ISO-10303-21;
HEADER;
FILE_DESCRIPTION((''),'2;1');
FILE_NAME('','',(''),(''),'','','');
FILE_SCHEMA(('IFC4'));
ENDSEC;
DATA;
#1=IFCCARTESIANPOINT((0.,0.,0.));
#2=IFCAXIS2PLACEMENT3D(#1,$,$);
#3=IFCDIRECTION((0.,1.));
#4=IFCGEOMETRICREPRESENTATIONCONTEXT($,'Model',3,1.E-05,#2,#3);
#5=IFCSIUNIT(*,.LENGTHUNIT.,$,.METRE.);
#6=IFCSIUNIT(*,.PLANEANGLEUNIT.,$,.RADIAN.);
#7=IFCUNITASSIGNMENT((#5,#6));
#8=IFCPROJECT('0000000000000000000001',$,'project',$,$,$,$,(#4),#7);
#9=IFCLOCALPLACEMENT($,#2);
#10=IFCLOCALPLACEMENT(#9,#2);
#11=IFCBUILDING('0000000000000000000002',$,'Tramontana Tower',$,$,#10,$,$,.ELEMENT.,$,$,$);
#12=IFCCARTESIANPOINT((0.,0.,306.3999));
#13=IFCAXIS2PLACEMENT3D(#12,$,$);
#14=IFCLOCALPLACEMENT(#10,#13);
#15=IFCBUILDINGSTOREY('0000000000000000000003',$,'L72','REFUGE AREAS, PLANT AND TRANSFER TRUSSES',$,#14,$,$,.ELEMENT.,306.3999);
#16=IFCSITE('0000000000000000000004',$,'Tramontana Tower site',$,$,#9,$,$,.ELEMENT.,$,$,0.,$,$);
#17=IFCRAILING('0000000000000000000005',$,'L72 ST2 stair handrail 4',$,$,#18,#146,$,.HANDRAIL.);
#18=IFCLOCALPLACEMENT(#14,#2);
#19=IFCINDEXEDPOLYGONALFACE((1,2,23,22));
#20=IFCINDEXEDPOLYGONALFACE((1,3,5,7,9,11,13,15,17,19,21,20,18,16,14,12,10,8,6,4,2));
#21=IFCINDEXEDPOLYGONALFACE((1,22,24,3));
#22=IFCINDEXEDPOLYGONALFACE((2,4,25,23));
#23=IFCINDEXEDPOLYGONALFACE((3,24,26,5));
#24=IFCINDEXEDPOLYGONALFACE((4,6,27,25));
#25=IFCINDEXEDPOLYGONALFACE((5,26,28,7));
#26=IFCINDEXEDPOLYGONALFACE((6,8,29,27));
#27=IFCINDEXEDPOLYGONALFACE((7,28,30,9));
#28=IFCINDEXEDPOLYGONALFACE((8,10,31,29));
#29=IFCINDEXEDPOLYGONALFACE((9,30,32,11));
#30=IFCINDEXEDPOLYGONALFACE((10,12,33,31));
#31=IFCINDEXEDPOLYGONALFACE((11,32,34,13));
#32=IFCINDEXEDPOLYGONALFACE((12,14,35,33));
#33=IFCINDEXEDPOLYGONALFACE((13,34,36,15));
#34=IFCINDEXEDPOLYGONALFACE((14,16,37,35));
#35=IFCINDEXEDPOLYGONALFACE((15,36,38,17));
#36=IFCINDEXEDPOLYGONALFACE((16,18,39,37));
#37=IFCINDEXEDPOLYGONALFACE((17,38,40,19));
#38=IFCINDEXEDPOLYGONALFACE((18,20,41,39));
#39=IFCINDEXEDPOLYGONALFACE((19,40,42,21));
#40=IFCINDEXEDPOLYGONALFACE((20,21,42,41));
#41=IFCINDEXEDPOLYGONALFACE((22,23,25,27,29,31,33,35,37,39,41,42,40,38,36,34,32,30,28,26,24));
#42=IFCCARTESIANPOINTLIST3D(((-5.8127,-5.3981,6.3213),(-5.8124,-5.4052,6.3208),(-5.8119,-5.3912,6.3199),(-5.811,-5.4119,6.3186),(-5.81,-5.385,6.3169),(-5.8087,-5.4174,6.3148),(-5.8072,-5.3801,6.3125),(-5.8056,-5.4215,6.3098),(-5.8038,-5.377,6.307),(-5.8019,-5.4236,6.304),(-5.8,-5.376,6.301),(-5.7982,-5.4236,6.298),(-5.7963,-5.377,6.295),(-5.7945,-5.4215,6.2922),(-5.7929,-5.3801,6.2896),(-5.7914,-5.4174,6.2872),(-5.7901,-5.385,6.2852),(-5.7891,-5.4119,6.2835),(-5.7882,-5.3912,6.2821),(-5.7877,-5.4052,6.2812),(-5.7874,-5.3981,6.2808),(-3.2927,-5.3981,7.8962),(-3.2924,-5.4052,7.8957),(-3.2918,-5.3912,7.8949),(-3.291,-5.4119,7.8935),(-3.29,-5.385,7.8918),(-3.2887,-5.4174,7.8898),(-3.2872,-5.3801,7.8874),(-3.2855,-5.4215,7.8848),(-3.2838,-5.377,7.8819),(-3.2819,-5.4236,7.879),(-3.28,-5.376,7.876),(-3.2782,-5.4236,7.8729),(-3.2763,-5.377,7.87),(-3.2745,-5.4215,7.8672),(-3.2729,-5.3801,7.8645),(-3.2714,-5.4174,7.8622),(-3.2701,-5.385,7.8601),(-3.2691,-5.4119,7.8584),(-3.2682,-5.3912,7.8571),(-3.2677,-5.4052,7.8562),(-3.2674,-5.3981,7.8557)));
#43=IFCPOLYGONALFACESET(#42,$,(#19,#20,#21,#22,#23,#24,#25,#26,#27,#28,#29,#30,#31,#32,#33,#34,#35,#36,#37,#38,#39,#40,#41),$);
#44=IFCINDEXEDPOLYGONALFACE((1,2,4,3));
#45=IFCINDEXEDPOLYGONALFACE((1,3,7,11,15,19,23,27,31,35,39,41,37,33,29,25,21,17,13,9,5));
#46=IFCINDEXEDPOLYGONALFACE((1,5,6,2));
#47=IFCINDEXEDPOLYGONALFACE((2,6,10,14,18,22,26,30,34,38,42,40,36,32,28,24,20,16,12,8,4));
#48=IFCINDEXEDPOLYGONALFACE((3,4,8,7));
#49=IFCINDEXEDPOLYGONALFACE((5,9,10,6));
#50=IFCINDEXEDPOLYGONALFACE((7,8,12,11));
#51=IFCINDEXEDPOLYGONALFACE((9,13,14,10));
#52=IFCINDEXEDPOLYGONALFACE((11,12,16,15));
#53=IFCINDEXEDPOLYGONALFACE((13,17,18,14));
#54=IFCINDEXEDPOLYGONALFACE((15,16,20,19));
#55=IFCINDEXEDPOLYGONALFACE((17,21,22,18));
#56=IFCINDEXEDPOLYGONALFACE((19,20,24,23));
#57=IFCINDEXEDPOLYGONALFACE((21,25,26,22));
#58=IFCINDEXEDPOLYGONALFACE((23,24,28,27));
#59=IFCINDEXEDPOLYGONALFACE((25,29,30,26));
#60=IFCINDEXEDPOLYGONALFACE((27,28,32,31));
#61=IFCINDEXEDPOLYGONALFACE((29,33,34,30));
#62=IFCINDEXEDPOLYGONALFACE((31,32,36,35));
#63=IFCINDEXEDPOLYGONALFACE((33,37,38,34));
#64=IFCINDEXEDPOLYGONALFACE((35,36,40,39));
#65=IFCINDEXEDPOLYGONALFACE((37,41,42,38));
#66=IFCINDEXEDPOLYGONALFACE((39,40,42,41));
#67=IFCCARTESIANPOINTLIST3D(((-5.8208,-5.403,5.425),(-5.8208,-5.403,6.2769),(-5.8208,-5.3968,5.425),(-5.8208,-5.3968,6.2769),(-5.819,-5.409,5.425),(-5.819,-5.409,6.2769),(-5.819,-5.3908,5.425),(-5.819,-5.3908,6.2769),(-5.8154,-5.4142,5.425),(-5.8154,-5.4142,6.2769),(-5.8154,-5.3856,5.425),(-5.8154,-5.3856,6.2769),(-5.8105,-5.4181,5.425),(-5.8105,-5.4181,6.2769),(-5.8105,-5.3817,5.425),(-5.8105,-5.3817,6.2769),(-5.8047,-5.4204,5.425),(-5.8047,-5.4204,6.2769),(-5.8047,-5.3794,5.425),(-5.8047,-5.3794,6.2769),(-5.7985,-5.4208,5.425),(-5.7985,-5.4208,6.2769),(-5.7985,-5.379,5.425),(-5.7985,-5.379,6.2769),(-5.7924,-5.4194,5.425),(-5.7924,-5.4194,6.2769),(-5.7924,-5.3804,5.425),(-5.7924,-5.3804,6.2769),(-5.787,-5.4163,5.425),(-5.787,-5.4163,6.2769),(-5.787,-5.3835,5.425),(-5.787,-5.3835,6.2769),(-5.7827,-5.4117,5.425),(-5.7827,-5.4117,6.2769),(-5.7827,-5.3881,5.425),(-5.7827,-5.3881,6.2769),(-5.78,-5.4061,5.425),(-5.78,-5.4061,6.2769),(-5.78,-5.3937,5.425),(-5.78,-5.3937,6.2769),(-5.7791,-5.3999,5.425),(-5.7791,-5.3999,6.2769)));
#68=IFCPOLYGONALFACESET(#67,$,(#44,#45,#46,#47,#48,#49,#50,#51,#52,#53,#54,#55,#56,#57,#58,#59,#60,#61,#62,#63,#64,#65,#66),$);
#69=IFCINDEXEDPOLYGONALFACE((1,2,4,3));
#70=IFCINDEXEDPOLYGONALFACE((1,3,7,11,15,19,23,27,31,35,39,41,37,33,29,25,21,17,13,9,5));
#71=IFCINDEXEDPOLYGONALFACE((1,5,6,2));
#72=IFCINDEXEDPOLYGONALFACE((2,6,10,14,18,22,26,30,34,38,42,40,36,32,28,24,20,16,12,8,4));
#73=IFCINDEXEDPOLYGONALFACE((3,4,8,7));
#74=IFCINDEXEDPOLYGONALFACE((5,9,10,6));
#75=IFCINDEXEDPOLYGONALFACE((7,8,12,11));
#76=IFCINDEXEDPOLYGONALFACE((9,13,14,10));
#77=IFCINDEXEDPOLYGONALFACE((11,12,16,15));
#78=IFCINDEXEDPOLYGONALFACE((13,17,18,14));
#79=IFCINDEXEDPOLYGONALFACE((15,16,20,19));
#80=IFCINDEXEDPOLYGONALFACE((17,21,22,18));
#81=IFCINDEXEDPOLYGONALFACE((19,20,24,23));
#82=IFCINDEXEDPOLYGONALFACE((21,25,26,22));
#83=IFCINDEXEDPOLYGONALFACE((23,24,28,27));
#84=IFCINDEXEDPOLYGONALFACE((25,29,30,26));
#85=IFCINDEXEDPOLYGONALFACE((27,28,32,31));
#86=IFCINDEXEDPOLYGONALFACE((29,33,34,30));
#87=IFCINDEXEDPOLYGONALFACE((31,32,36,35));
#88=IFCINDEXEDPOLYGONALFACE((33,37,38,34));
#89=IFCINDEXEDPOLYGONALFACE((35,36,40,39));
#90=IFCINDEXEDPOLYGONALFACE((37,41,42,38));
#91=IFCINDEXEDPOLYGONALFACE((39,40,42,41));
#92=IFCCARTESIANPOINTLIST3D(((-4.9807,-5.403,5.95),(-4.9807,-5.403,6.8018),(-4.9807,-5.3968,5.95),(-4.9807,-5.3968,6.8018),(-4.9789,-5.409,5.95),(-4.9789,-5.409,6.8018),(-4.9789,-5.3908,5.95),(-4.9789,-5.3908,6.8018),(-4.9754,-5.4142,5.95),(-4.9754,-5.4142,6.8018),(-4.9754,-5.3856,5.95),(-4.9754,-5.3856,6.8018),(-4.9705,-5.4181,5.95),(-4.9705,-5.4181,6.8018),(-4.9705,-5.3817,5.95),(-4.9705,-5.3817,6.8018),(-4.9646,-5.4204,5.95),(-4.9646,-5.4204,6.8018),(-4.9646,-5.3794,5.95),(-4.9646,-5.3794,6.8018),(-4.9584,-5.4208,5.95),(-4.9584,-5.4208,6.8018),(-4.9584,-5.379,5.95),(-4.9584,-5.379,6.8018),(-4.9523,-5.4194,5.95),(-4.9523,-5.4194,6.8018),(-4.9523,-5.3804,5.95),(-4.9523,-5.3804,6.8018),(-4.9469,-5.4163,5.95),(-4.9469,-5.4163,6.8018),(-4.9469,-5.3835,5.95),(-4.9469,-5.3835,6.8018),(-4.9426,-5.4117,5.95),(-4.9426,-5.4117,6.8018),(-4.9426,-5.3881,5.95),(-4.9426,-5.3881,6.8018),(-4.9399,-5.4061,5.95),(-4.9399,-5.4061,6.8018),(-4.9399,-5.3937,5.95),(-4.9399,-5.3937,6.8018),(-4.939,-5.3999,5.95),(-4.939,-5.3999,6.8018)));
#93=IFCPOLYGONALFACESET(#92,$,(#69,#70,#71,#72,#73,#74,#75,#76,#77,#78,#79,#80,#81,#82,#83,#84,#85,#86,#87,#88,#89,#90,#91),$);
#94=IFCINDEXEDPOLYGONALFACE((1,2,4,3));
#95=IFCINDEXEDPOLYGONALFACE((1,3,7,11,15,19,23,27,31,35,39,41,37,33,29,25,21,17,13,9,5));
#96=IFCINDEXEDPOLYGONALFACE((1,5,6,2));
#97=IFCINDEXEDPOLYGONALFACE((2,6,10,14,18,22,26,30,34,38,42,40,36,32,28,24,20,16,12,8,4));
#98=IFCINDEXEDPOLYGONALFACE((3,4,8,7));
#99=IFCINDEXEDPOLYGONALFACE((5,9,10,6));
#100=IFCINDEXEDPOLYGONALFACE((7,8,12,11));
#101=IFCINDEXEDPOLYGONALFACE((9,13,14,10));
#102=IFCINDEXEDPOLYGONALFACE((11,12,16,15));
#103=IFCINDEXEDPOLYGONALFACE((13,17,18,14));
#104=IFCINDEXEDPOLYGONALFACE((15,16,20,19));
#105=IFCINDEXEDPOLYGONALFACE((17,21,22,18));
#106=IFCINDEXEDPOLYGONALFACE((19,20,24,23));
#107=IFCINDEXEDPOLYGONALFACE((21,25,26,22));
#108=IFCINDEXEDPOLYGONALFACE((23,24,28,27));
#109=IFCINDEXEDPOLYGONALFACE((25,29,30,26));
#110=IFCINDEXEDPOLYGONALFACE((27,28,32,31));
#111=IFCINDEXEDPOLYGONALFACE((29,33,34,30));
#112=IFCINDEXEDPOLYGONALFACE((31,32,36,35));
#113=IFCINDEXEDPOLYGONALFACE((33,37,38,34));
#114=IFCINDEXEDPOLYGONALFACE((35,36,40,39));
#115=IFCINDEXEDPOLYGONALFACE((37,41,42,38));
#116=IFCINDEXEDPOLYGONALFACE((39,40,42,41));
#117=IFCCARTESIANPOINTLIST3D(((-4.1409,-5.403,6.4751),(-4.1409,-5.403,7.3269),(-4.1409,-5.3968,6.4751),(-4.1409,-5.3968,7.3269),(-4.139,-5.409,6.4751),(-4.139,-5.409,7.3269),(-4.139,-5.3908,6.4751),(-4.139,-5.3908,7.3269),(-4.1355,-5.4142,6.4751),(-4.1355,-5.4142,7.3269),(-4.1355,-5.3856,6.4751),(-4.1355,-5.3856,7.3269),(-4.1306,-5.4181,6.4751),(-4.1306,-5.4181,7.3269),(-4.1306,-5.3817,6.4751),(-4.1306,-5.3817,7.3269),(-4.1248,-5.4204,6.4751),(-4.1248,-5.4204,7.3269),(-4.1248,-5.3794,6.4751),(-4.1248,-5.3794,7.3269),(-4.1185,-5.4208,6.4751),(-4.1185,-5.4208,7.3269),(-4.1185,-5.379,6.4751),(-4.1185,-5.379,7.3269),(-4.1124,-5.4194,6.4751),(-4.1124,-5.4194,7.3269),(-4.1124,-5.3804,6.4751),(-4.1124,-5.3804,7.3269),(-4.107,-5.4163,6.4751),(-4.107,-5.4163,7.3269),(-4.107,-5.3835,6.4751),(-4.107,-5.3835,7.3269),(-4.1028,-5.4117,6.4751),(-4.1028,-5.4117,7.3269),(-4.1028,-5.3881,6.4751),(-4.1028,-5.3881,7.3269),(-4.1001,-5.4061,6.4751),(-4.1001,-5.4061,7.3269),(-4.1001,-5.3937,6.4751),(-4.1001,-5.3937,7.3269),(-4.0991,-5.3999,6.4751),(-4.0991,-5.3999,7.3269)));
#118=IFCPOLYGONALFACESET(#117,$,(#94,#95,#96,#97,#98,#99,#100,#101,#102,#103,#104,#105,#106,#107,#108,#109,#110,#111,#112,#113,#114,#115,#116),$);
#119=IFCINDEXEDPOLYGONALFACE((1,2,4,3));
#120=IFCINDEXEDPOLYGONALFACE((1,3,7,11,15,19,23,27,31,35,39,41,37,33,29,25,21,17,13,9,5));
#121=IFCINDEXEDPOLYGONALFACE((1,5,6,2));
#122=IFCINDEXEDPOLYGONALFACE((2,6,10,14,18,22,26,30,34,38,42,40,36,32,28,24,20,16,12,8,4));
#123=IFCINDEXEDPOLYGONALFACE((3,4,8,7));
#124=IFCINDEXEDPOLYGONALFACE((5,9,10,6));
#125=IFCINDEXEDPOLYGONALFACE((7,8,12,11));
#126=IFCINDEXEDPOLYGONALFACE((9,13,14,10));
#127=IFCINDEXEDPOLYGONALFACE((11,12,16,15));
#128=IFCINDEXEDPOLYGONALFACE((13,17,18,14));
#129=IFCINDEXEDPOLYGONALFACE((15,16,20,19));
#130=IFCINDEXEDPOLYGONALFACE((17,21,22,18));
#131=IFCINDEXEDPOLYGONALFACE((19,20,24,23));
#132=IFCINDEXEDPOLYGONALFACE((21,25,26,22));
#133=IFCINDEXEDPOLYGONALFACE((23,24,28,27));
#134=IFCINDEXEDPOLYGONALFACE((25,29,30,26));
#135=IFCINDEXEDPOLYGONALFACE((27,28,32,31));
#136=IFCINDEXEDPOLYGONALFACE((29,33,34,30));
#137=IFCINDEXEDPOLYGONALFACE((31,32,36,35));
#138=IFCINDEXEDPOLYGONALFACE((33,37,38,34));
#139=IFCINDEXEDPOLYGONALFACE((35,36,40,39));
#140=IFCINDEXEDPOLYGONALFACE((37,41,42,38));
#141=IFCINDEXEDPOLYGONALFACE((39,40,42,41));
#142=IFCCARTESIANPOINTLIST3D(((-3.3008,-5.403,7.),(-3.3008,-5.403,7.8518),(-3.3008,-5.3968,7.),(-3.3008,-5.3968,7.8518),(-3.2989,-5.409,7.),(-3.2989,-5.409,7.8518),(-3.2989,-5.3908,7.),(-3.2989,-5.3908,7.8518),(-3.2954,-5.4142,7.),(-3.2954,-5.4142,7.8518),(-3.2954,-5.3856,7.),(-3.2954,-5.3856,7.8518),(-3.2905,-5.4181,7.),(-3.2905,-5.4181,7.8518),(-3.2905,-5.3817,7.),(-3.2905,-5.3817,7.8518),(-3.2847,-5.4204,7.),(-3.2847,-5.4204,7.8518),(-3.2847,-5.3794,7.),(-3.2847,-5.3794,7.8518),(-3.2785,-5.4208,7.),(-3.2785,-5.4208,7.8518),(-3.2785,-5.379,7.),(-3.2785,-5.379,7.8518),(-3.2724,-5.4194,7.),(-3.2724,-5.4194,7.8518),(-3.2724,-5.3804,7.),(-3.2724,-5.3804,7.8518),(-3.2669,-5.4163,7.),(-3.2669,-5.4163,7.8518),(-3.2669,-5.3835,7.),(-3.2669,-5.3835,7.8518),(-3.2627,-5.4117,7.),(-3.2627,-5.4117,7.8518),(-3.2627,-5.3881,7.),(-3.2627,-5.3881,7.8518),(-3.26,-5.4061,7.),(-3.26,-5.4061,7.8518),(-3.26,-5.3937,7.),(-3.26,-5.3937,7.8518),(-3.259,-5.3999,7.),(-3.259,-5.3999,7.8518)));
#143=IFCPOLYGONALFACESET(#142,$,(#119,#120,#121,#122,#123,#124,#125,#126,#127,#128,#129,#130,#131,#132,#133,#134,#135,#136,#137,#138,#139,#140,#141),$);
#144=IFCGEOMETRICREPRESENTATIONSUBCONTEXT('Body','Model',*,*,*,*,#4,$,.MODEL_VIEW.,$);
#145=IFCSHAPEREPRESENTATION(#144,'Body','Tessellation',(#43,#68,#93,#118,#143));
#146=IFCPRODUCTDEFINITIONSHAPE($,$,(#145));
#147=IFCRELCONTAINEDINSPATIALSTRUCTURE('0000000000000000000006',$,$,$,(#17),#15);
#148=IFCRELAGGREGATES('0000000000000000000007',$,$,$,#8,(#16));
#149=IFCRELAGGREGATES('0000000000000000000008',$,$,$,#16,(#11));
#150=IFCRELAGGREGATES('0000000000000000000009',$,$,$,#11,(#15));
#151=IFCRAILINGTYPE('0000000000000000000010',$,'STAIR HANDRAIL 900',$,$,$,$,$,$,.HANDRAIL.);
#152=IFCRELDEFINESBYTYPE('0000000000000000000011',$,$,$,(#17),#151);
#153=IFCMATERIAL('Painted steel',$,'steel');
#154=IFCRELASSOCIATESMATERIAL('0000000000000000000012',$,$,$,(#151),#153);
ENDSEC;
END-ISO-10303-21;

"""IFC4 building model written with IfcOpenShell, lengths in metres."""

from ifc_helpers import new_model, si_unit, direction, frame, origin, origin_2d, place, context, subcontext, project, spatial, circle, extrude, material, type_object, element, save


model = new_model("IFC4")

# Units and contexts
model_context = context("Model", 3, precision=1e-05, world=origin(), true_north=direction((0.0, 1.0)))
body_context = subcontext(model_context, "Body", "Model", "MODEL_VIEW")
ifc_project = project(units=[si_unit("LENGTHUNIT", "METRE"), si_unit("PLANEANGLEUNIT", "RADIAN")], contexts=[model_context])

# Site, building, storey
site_placement = place(None, origin())
site = spatial("IfcSite", under=ifc_project, at=site_placement, Name="Tramontana Tower site", CompositionType="ELEMENT", RefElevation=0.0)
building_placement = place(site_placement, origin())
building = spatial("IfcBuilding", under=site, at=building_placement, Name="Tramontana Tower", CompositionType="ELEMENT")
storey_placement = place(building_placement, frame((0.0, 0.0, 306.3999)))
storey = spatial("IfcBuildingStorey", under=building, at=storey_placement, Name="L72", Description="REFUGE AREAS, PLANT AND TRANSFER TRUSSES", CompositionType="ELEMENT", Elevation=306.3999)

# Railing
ifc_material_1 = material(Name="Painted steel", Category="steel")
railing_type_1 = type_object("IfcRailingType", Name="STAIR HANDRAIL 900", PredefinedType="HANDRAIL", material=ifc_material_1)
for number, where, name in (
    (1, (-5.8, -5.3999, 5.425), "L72 ST2 stair handrail 4"),
):
    element("IfcRailing", number, at=place(storey_placement, frame(where)), inside=storey, type_object=railing_type_1, Name=name, PredefinedType="HANDRAIL", context=body_context, shape_type="SweptSolid", body=[
        extrude(circle(Radius=0.0239, at=origin_2d()), frame((0.0, 0.0, 0.876), z_axis=(0.848008, 0.0, 0.529984), x_axis=(0.0, 1.0, 0.0)), (0.0, 0.0, 1.0), 2.9717),
        extrude(circle(Radius=0.021, at=origin_2d()), origin(), (0.0, 0.0, 1.0), 0.8518),
        extrude(circle(Radius=0.021, at=origin_2d()), frame((0.8401, 0.0, 0.5249)), (0.0, 0.0, 1.0), 0.8518),
        extrude(circle(Radius=0.021, at=origin_2d()), frame((1.6799, 0.0, 1.05)), (0.0, 0.0, 1.0), 0.8518),
        extrude(circle(Radius=0.021, at=origin_2d()), frame((2.52, 0.0, 1.575)), (0.0, 0.0, 1.0), 0.8518),
    ])

save(model, "model.ifc")
